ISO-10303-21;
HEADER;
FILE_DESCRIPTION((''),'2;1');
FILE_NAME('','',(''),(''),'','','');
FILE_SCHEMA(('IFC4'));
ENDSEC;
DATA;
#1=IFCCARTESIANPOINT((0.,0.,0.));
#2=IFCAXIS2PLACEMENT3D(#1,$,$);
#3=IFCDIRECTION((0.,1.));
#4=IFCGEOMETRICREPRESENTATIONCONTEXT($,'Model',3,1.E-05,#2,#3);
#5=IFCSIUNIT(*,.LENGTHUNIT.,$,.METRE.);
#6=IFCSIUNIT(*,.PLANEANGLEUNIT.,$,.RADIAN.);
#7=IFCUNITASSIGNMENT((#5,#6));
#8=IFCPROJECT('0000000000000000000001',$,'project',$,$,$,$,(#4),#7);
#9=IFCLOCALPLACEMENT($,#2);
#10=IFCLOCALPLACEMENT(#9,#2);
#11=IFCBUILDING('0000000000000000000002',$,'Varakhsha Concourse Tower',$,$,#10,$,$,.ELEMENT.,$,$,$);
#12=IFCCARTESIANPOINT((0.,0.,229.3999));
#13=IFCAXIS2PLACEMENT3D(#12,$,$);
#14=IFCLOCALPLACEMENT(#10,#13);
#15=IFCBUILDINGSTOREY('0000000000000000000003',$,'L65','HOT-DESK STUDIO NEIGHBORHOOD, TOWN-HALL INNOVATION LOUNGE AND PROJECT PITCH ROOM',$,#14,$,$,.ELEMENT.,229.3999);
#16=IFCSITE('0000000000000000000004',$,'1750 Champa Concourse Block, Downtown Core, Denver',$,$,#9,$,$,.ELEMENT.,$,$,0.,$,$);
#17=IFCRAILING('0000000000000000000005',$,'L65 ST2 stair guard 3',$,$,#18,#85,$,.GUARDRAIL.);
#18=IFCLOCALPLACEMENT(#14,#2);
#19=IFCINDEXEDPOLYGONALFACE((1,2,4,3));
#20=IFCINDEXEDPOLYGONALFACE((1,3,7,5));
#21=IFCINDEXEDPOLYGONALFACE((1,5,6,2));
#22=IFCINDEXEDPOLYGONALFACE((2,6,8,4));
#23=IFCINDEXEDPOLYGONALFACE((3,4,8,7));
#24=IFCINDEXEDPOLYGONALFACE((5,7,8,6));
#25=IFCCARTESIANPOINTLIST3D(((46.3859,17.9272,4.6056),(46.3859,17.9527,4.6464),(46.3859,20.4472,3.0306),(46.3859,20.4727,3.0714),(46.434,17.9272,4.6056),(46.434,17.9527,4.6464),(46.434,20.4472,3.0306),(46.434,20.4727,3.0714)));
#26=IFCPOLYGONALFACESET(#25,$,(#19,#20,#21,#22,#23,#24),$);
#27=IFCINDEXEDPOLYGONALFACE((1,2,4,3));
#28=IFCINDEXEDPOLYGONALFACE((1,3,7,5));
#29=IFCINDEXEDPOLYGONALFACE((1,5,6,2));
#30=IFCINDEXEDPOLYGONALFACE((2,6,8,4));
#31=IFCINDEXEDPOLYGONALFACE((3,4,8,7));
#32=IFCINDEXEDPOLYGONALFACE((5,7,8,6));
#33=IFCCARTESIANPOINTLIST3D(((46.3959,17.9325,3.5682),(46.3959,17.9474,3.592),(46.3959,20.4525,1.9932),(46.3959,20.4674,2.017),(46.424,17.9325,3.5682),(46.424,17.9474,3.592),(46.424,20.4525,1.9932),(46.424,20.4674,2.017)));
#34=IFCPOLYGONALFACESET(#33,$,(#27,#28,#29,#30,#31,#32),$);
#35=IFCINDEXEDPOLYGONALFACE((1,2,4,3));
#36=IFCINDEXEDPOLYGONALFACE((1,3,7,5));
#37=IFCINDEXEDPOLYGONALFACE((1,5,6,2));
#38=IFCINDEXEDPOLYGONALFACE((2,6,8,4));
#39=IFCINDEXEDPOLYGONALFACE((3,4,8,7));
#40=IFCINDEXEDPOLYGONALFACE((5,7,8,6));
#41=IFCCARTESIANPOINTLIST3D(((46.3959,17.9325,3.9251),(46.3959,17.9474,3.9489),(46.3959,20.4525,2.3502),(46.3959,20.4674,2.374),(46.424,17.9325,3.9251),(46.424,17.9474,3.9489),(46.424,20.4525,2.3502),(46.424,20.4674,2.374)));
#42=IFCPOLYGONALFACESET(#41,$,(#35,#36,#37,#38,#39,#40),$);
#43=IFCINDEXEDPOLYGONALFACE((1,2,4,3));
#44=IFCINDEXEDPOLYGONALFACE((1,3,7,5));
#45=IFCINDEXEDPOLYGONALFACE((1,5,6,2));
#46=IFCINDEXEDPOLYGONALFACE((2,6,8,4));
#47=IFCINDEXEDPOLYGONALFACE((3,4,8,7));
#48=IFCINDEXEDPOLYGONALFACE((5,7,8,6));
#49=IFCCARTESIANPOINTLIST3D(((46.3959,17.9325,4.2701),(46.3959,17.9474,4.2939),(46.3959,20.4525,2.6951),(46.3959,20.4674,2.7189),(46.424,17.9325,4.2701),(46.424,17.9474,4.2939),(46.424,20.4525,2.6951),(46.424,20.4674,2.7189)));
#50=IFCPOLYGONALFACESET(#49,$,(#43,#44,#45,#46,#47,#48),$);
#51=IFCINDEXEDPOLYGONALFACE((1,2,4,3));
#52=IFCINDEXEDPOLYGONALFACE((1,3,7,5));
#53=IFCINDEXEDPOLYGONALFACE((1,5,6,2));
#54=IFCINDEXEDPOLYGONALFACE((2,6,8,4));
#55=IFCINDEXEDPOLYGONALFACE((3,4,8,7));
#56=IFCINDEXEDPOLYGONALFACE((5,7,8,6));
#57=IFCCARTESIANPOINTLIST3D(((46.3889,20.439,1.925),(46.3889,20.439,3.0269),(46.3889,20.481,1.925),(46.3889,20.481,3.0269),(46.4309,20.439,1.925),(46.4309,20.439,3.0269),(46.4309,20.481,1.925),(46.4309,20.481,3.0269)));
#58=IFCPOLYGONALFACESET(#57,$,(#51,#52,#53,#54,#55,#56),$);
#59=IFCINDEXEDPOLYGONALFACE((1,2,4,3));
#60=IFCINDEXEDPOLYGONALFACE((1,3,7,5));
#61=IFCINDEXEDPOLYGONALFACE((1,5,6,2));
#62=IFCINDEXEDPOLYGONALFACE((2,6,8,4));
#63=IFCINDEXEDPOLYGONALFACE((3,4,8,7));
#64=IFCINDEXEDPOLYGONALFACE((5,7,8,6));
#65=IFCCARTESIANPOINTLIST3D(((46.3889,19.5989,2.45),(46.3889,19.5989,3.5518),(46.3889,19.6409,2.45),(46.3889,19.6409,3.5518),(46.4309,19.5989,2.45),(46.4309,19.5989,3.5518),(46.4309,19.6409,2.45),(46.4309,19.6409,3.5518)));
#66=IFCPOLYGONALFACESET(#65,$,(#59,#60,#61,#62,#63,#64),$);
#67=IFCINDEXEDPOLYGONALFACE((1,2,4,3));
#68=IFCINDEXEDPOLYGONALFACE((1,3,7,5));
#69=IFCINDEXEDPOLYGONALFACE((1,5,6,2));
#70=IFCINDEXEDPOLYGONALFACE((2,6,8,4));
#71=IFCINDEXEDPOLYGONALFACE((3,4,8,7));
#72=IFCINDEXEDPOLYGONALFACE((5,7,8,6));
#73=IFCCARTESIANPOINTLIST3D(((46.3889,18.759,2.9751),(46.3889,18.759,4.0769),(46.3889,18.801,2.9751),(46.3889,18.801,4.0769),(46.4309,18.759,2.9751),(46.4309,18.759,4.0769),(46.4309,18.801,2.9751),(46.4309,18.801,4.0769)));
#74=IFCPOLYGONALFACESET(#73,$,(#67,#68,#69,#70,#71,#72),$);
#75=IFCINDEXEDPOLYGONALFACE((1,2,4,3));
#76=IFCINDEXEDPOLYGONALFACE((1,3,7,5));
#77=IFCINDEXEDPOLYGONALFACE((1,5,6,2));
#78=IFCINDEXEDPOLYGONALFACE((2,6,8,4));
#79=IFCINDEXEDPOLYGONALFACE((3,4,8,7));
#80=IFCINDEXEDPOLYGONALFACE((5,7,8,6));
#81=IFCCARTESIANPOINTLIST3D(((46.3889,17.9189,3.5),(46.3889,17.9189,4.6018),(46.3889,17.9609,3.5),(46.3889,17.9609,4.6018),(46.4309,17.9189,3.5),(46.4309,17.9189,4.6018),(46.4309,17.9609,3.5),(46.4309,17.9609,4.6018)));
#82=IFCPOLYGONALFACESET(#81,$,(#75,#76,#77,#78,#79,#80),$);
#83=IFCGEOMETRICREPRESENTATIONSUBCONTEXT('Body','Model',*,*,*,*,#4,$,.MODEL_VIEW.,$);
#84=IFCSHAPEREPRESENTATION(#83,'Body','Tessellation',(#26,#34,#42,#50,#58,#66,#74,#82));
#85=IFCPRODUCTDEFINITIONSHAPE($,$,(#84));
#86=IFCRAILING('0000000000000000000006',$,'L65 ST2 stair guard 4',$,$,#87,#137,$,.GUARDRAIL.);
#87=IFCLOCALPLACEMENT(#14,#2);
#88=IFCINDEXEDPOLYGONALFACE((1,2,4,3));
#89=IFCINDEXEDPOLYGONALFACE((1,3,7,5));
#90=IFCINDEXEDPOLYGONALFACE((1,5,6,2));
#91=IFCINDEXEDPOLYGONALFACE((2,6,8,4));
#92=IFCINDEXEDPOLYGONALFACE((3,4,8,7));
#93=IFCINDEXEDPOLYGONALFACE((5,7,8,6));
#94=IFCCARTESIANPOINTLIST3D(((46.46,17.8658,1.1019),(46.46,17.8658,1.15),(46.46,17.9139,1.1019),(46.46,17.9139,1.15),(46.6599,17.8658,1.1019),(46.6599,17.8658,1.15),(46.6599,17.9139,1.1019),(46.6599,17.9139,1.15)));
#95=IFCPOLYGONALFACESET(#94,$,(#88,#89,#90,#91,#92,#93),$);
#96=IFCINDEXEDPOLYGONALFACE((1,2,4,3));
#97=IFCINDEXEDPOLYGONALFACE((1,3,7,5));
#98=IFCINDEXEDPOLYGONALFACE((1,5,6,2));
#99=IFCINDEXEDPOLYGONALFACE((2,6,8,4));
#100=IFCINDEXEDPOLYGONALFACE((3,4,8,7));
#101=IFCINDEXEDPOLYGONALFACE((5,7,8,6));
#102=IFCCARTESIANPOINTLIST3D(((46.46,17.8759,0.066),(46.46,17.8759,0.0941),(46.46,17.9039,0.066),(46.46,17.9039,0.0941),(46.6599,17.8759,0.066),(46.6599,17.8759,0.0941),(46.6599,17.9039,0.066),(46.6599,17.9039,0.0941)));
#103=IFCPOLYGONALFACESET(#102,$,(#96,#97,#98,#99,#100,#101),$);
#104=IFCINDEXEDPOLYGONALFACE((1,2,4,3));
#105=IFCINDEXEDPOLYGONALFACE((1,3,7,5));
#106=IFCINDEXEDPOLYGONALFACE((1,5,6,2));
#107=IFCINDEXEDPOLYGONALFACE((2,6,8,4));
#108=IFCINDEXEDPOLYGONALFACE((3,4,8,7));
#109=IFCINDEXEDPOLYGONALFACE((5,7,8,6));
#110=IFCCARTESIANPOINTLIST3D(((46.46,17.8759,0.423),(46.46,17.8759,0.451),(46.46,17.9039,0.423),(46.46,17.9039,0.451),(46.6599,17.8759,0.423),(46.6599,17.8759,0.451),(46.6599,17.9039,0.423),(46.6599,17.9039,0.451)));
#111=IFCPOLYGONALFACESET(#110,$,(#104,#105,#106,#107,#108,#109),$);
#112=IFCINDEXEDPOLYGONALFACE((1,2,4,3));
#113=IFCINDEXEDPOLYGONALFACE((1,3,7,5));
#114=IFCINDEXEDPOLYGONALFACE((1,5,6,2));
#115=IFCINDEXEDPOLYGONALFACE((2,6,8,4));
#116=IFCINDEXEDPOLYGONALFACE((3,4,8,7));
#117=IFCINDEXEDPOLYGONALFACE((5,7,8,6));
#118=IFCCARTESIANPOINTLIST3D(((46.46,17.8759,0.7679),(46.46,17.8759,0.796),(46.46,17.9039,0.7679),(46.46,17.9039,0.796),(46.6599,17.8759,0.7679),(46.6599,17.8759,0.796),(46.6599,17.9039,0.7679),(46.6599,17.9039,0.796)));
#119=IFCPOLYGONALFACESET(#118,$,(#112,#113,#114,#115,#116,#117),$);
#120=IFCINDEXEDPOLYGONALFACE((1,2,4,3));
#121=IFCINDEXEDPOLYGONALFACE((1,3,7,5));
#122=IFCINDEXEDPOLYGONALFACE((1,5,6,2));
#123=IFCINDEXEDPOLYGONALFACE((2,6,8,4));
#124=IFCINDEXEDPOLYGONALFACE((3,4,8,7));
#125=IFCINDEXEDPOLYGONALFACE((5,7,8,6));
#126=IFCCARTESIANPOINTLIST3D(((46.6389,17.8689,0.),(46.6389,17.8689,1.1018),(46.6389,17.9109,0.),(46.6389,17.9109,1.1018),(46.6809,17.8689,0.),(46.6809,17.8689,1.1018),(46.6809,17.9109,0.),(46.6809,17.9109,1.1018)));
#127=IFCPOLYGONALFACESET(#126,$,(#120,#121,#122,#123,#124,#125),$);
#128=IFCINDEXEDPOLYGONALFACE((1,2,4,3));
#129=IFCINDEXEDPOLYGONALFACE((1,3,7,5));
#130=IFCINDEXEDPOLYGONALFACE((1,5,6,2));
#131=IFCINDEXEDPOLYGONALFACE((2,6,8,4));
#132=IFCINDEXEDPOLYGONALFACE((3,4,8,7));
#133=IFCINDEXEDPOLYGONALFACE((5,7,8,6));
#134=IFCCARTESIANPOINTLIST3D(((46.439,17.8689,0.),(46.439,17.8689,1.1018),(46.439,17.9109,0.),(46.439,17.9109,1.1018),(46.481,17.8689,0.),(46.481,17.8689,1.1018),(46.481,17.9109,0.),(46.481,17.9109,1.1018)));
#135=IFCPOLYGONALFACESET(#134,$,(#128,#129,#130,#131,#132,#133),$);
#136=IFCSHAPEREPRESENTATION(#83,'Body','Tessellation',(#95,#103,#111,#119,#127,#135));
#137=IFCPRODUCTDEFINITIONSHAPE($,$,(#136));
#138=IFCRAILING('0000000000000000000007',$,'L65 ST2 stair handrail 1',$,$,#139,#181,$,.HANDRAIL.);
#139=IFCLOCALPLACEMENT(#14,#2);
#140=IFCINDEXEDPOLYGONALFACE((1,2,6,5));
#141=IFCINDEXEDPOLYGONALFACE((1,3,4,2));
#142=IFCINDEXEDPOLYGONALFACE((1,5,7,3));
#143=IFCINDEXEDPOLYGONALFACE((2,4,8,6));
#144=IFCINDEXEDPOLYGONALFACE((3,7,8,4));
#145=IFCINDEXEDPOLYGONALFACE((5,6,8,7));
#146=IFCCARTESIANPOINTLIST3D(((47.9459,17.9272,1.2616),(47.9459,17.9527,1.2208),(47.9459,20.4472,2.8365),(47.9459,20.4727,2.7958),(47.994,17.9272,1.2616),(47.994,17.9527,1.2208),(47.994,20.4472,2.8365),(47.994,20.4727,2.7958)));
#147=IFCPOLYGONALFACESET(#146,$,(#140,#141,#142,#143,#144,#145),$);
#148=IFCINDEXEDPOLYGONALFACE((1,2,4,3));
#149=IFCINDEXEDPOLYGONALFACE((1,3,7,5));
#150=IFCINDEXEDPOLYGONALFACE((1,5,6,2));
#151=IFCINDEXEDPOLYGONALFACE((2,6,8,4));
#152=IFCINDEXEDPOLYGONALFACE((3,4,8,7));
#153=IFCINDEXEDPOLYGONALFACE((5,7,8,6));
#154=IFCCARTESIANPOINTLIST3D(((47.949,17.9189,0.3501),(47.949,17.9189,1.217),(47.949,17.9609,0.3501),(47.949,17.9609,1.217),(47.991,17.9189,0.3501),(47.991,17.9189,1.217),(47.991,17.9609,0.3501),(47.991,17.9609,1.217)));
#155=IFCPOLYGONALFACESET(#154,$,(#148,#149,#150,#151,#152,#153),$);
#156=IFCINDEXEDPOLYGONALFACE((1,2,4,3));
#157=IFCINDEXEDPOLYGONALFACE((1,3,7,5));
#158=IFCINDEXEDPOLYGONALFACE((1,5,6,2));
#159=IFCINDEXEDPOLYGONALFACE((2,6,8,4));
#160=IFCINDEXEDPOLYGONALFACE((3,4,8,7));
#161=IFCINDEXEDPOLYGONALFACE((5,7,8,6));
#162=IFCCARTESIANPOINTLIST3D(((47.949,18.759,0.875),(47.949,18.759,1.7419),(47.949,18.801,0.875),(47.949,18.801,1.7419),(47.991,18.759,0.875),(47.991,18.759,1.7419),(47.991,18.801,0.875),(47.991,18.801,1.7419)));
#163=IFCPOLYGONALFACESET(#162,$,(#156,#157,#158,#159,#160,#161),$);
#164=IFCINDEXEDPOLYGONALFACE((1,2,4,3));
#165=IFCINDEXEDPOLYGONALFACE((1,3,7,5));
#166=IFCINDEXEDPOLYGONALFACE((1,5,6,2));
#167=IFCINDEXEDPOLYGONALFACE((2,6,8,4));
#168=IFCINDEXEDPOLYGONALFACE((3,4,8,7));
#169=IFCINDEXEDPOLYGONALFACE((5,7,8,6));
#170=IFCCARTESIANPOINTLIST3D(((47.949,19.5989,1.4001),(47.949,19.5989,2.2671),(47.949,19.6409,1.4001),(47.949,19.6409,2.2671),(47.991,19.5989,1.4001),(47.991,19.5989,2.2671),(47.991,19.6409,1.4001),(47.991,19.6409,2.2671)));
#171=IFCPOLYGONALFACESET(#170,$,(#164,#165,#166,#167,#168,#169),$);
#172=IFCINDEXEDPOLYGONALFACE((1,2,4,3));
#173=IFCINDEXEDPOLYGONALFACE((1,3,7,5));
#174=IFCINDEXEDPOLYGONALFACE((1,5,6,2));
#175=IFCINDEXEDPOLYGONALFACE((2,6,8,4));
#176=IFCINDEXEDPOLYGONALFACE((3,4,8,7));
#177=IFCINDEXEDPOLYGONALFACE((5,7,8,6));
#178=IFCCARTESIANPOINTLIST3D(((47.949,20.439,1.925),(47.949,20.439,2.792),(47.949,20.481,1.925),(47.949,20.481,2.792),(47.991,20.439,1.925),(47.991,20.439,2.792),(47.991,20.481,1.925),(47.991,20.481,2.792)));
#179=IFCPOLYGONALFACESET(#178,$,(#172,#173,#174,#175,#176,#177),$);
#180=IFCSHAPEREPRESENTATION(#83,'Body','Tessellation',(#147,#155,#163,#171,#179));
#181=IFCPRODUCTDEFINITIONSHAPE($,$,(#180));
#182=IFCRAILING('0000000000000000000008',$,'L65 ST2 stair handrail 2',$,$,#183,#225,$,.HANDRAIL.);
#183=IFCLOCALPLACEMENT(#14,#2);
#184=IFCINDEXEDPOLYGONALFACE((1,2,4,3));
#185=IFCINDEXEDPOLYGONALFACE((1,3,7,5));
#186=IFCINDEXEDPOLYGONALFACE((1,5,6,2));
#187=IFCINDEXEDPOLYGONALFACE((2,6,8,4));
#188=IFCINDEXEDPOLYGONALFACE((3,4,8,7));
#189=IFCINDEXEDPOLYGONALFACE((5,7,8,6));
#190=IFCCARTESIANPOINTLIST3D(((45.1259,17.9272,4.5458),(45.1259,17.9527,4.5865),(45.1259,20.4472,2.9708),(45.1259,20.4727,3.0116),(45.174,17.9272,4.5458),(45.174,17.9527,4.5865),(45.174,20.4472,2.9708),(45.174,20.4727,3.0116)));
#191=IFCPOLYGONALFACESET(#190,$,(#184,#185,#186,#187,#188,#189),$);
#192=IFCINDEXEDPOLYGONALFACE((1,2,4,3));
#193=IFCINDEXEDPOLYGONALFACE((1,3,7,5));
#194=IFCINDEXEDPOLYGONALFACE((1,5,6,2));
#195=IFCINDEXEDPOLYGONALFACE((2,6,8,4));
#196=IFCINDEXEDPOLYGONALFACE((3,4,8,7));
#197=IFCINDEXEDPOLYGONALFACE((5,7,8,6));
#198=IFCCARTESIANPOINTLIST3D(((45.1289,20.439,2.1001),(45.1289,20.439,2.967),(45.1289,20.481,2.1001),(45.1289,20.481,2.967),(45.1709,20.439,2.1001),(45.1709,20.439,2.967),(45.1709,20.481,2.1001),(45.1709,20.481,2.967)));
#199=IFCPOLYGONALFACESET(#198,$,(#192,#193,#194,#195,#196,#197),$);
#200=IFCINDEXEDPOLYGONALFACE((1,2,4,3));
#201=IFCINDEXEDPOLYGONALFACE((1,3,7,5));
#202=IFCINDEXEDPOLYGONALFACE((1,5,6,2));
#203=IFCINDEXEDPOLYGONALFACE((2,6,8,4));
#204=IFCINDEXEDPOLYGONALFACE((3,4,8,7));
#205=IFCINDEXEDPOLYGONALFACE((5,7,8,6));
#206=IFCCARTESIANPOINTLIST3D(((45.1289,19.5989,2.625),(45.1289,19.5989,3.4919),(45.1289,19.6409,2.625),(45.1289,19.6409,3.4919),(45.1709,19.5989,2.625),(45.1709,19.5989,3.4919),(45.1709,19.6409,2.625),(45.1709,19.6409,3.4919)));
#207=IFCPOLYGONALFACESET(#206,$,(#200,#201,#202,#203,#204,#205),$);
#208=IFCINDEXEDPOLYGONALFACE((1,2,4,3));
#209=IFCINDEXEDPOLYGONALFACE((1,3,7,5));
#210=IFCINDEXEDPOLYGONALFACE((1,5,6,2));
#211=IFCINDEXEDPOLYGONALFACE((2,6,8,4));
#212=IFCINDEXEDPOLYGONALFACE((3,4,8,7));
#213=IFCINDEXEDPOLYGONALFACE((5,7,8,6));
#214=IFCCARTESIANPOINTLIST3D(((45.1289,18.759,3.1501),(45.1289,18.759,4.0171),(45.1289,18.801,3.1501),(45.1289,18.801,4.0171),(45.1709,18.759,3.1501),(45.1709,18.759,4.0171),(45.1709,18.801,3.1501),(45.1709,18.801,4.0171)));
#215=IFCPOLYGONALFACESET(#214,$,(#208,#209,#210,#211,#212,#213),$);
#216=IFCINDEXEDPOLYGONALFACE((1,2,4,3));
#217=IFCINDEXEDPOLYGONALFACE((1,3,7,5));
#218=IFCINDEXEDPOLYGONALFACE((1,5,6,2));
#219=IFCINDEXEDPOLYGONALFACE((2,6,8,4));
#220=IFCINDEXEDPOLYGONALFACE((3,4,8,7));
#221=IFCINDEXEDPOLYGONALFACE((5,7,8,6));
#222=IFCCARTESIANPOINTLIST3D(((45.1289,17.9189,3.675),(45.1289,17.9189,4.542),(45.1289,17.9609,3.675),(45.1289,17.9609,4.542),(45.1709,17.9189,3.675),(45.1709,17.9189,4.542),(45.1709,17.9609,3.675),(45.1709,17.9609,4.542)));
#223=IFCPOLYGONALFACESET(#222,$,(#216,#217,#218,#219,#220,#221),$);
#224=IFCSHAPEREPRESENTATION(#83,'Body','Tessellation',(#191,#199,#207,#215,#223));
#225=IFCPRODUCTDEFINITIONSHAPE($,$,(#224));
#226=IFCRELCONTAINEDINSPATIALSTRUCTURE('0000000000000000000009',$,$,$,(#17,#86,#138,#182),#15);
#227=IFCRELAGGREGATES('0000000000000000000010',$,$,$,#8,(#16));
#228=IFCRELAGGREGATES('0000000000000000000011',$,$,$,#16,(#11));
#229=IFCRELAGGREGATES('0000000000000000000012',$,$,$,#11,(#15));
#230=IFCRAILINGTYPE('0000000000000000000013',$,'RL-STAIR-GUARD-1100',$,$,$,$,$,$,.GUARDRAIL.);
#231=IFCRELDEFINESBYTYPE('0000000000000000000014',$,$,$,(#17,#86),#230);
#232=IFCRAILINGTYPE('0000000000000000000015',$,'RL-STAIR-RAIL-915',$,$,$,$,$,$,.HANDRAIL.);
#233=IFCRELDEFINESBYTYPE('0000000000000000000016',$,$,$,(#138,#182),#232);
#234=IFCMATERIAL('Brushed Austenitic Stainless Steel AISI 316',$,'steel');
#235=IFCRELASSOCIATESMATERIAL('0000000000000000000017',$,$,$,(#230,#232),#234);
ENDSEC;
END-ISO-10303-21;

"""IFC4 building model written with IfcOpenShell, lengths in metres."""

from ifc_helpers import new_model, si_unit, direction, frame, origin, origin_2d, place, context, subcontext, project, spatial, rectangle, extrude, material, type_object, element, save


model = new_model("IFC4")

# Units and contexts
model_context = context("Model", 3, precision=1e-05, world=origin(), true_north=direction((0.0, 1.0)))
body_context = subcontext(model_context, "Body", "Model", "MODEL_VIEW")
ifc_project = project(units=[si_unit("LENGTHUNIT", "METRE"), si_unit("PLANEANGLEUNIT", "RADIAN")], contexts=[model_context])

# Site, building, storey
site_placement = place(None, origin())
site = spatial("IfcSite", under=ifc_project, at=site_placement, Name="1750 Champa Concourse Block, Downtown Core, Denver", CompositionType="ELEMENT", RefElevation=0.0)
building_placement = place(site_placement, origin())
building = spatial("IfcBuilding", under=site, at=building_placement, Name="Varakhsha Concourse Tower", CompositionType="ELEMENT")
storey_placement = place(building_placement, frame((0.0, 0.0, 229.3999)))
storey = spatial("IfcBuildingStorey", under=building, at=storey_placement, Name="L65", Description="HOT-DESK STUDIO NEIGHBORHOOD, TOWN-HALL INNOVATION LOUNGE AND PROJECT PITCH ROOM", CompositionType="ELEMENT", Elevation=229.3999)

# Railings
ifc_material_1 = material(Name="Brushed Austenitic Stainless Steel AISI 316", Category="steel")
railing_type_1 = type_object("IfcRailingType", Name="RL-STAIR-GUARD-1100", PredefinedType="GUARDRAIL", material=ifc_material_1)
railing_1_placement = place(storey_placement, frame((46.4099, 20.46, 1.925)))
element("IfcRailing", 1, at=railing_1_placement, inside=storey, type_object=railing_type_1, Name="L65 ST2 stair guard 3", PredefinedType="GUARDRAIL", context=body_context, shape_type="SweptSolid", body=[
    extrude(rectangle(XDim=0.0481, YDim=0.0481, at=origin_2d()), frame((0.0, 0.0, 1.126), z_axis=(0.0, -0.848008, 0.529984), x_axis=(1.0, 0.0, 0.0)), (0.0, 0.0, 1.0), 2.9717),
    extrude(rectangle(XDim=0.0281, YDim=0.0281, at=origin_2d()), frame((0.0, 0.0, 0.0801), z_axis=(0.0, -0.848008, 0.529984), x_axis=(1.0, 0.0, 0.0)), (0.0, 0.0, 1.0), 2.9717),
    extrude(rectangle(XDim=0.0281, YDim=0.0281, at=origin_2d()), frame((0.0, 0.0, 0.437), z_axis=(0.0, -0.848008, 0.529984), x_axis=(1.0, 0.0, 0.0)), (0.0, 0.0, 1.0), 2.9717),
    extrude(rectangle(XDim=0.0281, YDim=0.0281, at=origin_2d()), frame((0.0, 0.0, 0.782), z_axis=(0.0, -0.848008, 0.529984), x_axis=(1.0, 0.0, 0.0)), (0.0, 0.0, 1.0), 2.9717),
    extrude(rectangle(XDim=0.042, YDim=0.042, at=origin_2d()), origin(), (0.0, 0.0, 1.0), 1.1018),
    extrude(rectangle(XDim=0.042, YDim=0.042, at=origin_2d()), frame((0.0, -0.8401, 0.5249)), (0.0, 0.0, 1.0), 1.1018),
    extrude(rectangle(XDim=0.042, YDim=0.042, at=origin_2d()), frame((0.0, -1.6799, 1.05)), (0.0, 0.0, 1.0), 1.1018),
    extrude(rectangle(XDim=0.042, YDim=0.042, at=origin_2d()), frame((0.0, -2.52, 1.575)), (0.0, 0.0, 1.0), 1.1018),
])
railing_2_placement = place(storey_placement, frame((46.6599, 17.8899, 0.0)))
element("IfcRailing", 2, at=railing_2_placement, inside=storey, type_object=railing_type_1, Name="L65 ST2 stair guard 4", PredefinedType="GUARDRAIL", context=body_context, shape_type="SweptSolid", body=[
    extrude(rectangle(XDim=0.0481, YDim=0.0481, at=origin_2d()), frame((0.0, 0.0, 1.126), z_axis=(-1.0, 0.0, 0.0), x_axis=(0.0, -1.0, 0.0)), (0.0, 0.0, 1.0), 0.2),
    extrude(rectangle(XDim=0.0281, YDim=0.0281, at=origin_2d()), frame((0.0, 0.0, 0.0801), z_axis=(-1.0, 0.0, 0.0), x_axis=(0.0, -1.0, 0.0)), (0.0, 0.0, 1.0), 0.2),
    extrude(rectangle(XDim=0.0281, YDim=0.0281, at=origin_2d()), frame((0.0, 0.0, 0.437), z_axis=(-1.0, 0.0, 0.0), x_axis=(0.0, -1.0, 0.0)), (0.0, 0.0, 1.0), 0.2),
    extrude(rectangle(XDim=0.0281, YDim=0.0281, at=origin_2d()), frame((0.0, 0.0, 0.782), z_axis=(-1.0, 0.0, 0.0), x_axis=(0.0, -1.0, 0.0)), (0.0, 0.0, 1.0), 0.2),
    extrude(rectangle(XDim=0.042, YDim=0.042, at=origin_2d()), origin(), (0.0, 0.0, 1.0), 1.1018),
    extrude(rectangle(XDim=0.042, YDim=0.042, at=origin_2d()), frame((-0.2, 0.0, 0.0)), (0.0, 0.0, 1.0), 1.1018),
])
railing_type_2 = type_object("IfcRailingType", Name="RL-STAIR-RAIL-915", PredefinedType="HANDRAIL", material=ifc_material_1)
railing_3_placement = place(storey_placement, frame((47.97, 17.9399, 0.3501)))
element("IfcRailing", 3, at=railing_3_placement, inside=storey, type_object=railing_type_2, Name="L65 ST2 stair handrail 1", PredefinedType="HANDRAIL", context=body_context, shape_type="SweptSolid", body=[
    extrude(rectangle(XDim=0.0481, YDim=0.0481, at=origin_2d()), frame((0.0, 0.0, 0.8911), z_axis=(0.0, 0.848008, 0.529984), x_axis=(-1.0, 0.0, 0.0)), (0.0, 0.0, 1.0), 2.9717),
    extrude(rectangle(XDim=0.042, YDim=0.042, at=origin_2d()), origin(), (0.0, 0.0, 1.0), 0.8669),
    extrude(rectangle(XDim=0.042, YDim=0.042, at=origin_2d()), frame((0.0, 0.8401, 0.5249)), (0.0, 0.0, 1.0), 0.8669),
    extrude(rectangle(XDim=0.042, YDim=0.042, at=origin_2d()), frame((0.0, 1.6799, 1.05)), (0.0, 0.0, 1.0), 0.8669),
    extrude(rectangle(XDim=0.042, YDim=0.042, at=origin_2d()), frame((0.0, 2.52, 1.575)), (0.0, 0.0, 1.0), 0.8669),
])
railing_4_placement = place(storey_placement, frame((45.1499, 20.46, 2.1001)))
element("IfcRailing", 4, at=railing_4_placement, inside=storey, type_object=railing_type_2, Name="L65 ST2 stair handrail 2", PredefinedType="HANDRAIL", context=body_context, shape_type="SweptSolid", body=[
    extrude(rectangle(XDim=0.0481, YDim=0.0481, at=origin_2d()), frame((0.0, 0.0, 0.8911), z_axis=(0.0, -0.848008, 0.529984), x_axis=(1.0, 0.0, 0.0)), (0.0, 0.0, 1.0), 2.9717),
    extrude(rectangle(XDim=0.042, YDim=0.042, at=origin_2d()), origin(), (0.0, 0.0, 1.0), 0.8669),
    extrude(rectangle(XDim=0.042, YDim=0.042, at=origin_2d()), frame((0.0, -0.8401, 0.5249)), (0.0, 0.0, 1.0), 0.8669),
    extrude(rectangle(XDim=0.042, YDim=0.042, at=origin_2d()), frame((0.0, -1.6799, 1.05)), (0.0, 0.0, 1.0), 0.8669),
    extrude(rectangle(XDim=0.042, YDim=0.042, at=origin_2d()), frame((0.0, -2.52, 1.575)), (0.0, 0.0, 1.0), 0.8669),
])

save(model, "model.ifc")
